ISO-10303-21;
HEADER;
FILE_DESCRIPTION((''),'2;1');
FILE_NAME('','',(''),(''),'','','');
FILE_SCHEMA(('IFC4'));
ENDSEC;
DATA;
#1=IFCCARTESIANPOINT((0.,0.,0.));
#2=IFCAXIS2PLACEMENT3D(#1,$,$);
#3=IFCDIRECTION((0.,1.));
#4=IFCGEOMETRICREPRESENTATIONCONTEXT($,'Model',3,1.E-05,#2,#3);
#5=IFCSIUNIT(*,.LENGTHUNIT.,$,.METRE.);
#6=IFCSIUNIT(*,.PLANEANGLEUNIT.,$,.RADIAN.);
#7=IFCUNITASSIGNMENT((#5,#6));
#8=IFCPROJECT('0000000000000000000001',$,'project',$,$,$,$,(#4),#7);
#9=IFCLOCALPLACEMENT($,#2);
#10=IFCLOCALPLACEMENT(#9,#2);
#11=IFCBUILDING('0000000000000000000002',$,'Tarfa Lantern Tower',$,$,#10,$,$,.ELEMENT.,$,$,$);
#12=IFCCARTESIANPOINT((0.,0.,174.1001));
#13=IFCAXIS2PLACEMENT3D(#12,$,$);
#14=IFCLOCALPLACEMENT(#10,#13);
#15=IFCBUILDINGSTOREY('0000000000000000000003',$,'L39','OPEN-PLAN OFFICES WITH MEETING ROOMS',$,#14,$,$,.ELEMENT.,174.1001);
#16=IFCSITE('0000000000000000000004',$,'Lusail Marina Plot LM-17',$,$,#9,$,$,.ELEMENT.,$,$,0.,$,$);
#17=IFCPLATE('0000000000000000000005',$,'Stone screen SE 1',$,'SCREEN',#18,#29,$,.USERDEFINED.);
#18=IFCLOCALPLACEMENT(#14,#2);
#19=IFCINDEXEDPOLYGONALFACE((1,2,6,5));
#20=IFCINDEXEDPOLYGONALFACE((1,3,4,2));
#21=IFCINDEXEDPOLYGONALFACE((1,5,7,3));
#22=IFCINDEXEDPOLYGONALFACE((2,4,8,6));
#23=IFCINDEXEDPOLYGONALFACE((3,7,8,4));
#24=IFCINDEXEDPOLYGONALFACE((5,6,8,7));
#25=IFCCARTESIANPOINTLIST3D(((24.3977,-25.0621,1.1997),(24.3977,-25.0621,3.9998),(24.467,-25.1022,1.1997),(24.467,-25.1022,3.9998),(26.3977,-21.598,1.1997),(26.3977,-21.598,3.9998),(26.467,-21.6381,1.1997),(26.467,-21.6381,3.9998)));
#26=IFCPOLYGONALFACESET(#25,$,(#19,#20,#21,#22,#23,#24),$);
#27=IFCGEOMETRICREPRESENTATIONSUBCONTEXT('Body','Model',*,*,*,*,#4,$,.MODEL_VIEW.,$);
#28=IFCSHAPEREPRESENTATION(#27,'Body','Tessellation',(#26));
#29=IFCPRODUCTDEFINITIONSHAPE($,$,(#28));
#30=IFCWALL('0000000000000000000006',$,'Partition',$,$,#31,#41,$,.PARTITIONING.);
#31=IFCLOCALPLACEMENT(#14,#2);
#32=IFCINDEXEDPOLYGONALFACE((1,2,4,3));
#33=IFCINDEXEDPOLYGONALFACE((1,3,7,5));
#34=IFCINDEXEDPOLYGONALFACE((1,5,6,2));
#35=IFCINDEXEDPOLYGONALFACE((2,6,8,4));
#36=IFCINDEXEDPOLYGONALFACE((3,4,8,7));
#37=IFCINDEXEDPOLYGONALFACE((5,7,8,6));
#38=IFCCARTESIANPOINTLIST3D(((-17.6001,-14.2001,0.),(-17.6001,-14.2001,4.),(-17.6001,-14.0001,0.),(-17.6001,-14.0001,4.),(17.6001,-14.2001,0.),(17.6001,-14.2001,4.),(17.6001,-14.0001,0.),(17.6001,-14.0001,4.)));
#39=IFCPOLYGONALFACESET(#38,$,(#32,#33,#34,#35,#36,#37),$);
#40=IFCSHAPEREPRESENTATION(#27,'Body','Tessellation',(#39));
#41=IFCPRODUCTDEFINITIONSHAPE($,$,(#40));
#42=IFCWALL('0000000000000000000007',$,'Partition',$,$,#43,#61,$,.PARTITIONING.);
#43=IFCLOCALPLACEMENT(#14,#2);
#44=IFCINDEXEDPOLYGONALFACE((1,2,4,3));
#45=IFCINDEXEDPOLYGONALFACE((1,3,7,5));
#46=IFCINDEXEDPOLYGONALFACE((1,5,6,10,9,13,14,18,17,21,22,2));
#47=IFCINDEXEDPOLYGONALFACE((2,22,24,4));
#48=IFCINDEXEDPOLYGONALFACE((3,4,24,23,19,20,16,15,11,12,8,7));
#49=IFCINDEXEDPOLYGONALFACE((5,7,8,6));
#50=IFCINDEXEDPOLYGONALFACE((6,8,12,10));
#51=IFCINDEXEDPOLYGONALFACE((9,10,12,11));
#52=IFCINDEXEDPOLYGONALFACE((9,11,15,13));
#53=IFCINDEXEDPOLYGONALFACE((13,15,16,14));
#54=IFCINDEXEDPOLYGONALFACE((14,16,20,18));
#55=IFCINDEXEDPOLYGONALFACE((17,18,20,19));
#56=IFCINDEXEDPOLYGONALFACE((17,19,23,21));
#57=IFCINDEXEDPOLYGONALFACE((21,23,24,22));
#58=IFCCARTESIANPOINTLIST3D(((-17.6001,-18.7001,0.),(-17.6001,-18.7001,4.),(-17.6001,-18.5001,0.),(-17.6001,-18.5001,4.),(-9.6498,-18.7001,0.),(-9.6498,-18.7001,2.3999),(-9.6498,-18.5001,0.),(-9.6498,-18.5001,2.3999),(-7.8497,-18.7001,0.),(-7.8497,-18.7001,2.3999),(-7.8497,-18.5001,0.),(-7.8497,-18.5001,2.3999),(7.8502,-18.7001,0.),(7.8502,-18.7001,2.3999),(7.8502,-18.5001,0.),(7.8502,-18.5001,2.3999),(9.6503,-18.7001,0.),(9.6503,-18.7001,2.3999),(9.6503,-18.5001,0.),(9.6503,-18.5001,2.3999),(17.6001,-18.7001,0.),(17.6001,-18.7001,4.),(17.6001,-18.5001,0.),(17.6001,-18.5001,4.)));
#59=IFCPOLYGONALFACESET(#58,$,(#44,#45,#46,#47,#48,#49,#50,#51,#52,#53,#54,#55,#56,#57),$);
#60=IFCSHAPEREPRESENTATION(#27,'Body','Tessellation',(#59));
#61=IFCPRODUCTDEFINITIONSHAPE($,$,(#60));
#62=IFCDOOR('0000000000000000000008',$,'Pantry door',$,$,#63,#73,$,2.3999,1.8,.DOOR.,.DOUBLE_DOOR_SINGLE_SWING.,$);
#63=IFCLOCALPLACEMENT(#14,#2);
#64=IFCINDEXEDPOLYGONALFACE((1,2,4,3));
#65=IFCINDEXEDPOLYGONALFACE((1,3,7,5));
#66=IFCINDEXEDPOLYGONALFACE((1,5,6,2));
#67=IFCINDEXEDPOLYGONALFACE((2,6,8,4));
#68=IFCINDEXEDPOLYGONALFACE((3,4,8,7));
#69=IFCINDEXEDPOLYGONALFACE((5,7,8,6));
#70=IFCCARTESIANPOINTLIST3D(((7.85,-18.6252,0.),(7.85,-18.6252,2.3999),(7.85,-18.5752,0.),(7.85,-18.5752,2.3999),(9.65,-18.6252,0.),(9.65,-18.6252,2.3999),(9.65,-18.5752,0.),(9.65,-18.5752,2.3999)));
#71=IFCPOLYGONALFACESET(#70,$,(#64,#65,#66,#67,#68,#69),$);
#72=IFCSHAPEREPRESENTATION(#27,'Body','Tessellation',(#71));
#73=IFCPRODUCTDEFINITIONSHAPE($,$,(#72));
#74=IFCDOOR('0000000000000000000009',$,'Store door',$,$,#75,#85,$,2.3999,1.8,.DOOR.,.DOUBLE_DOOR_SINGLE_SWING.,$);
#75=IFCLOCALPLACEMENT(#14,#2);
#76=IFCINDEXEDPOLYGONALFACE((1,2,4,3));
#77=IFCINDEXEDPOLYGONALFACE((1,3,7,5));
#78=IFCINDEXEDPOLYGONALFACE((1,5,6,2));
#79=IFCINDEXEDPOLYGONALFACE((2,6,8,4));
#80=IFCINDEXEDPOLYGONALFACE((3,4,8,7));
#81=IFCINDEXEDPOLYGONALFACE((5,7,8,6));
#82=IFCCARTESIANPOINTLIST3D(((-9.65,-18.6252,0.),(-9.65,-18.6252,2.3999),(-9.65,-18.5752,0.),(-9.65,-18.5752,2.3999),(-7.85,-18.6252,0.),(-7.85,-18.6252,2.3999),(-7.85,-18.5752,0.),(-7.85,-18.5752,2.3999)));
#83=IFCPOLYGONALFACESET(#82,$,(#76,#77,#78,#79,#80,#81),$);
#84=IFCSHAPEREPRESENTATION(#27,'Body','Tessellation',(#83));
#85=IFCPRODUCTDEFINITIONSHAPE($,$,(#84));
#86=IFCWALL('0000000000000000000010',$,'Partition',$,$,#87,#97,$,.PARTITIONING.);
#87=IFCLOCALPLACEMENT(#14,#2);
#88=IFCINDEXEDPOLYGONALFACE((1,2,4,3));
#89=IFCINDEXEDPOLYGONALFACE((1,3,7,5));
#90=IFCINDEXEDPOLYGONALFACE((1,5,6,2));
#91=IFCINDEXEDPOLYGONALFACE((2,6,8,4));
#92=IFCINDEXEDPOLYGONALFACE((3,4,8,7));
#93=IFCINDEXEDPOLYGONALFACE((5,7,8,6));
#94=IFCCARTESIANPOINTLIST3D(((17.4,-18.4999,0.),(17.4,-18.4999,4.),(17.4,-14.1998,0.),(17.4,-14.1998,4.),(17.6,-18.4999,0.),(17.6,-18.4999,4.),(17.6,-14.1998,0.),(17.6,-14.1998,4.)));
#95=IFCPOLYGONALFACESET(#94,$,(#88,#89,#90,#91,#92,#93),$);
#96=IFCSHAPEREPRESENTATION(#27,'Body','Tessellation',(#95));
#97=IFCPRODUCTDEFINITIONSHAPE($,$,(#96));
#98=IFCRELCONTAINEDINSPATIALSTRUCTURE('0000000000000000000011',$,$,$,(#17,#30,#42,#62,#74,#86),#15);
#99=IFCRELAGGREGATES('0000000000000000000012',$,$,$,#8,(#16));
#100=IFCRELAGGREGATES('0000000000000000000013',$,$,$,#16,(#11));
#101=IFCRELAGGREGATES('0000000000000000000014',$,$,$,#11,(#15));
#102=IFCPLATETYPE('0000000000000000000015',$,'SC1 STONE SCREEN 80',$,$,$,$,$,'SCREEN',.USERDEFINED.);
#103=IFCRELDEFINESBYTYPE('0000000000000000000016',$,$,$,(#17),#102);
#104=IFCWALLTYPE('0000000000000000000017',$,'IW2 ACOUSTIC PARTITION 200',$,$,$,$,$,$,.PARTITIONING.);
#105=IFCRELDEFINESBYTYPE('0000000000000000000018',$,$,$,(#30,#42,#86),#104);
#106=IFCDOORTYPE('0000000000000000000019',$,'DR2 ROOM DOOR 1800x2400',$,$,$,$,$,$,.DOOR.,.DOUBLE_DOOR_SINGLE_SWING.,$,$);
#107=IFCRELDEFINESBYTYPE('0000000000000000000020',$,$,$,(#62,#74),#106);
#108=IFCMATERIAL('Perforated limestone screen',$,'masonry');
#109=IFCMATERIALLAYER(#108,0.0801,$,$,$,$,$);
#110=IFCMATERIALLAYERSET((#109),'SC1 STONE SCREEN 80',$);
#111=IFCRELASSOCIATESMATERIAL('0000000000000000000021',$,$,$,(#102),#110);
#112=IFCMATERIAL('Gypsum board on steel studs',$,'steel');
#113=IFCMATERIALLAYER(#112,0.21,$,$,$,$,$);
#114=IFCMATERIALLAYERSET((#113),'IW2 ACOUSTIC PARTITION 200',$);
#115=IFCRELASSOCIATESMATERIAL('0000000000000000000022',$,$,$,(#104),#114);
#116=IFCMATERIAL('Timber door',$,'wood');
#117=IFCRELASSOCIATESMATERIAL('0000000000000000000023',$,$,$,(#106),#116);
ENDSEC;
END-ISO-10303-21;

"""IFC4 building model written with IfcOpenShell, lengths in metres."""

from ifc_helpers import new_model, si_unit, direction, frame, frame_2d, origin, origin_2d, place, context, subcontext, project, spatial, rectangle, extrude, material, layer, layer_set, type_object, element, fill, save


model = new_model("IFC4")

# Units and contexts
model_context = context("Model", 3, precision=1e-05, world=origin(), true_north=direction((0.0, 1.0)))
body_context = subcontext(model_context, "Body", "Model", "MODEL_VIEW")
ifc_project = project(units=[si_unit("LENGTHUNIT", "METRE"), si_unit("PLANEANGLEUNIT", "RADIAN")], contexts=[model_context])

# Site, building, storey
site_placement = place(None, origin())
site = spatial("IfcSite", under=ifc_project, at=site_placement, Name="Lusail Marina Plot LM-17", CompositionType="ELEMENT", RefElevation=0.0)
building_placement = place(site_placement, origin())
building = spatial("IfcBuilding", under=site, at=building_placement, Name="Tarfa Lantern Tower", CompositionType="ELEMENT")
storey_placement = place(building_placement, frame((0.0, 0.0, 174.1001)))
storey = spatial("IfcBuildingStorey", under=building, at=storey_placement, Name="L39", Description="OPEN-PLAN OFFICES WITH MEETING ROOMS", CompositionType="ELEMENT", Elevation=174.1001)

# Plate
ifc_material_1 = material(Name="Perforated limestone screen", Category="masonry")
ifc_layer_1 = layer(ifc_material_1, 0.0801)
ifc_layer_set_1 = layer_set([ifc_layer_1], Name="SC1 STONE SCREEN 80")
plate_type = type_object("IfcPlateType", Name="SC1 STONE SCREEN 80", ElementType="SCREEN", PredefinedType="USERDEFINED", material=ifc_layer_set_1)
plate_placement = place(storey_placement, frame((25.4324, -23.3501, 1.1997), z_axis=(0.0, 0.0, 1.0), x_axis=(0.5, 0.866025, 0.0)))
element("IfcPlate", 1, at=plate_placement, inside=storey, type_object=plate_type, Name="Stone screen SE 1", ObjectType="SCREEN", PredefinedType="USERDEFINED", context=body_context, shape_type="SweptSolid", body=[
    extrude(rectangle(XDim=4.0, YDim=0.0801, at=origin_2d()), origin(), (0.0, 0.0, 1.0), 2.8),
])

# Wall
ifc_material_2 = material(Name="Gypsum board on steel studs", Category="steel")
ifc_layer_2 = layer(ifc_material_2, 0.21)
ifc_layer_set_2 = layer_set([ifc_layer_2], Name="IW2 ACOUSTIC PARTITION 200")
wall_type_1 = type_object("IfcWallType", Name="IW2 ACOUSTIC PARTITION 200", PredefinedType="PARTITIONING", material=ifc_layer_set_2)
wall_1_placement = place(storey_placement, frame((17.6001, -14.1001, 0.0), z_axis=(0.0, 0.0, 1.0), x_axis=(-1.0, 0.0, 0.0)))
element("IfcWall", 2, at=wall_1_placement, inside=storey, type_object=wall_type_1, Name="Partition", PredefinedType="PARTITIONING", context=body_context, shape_type="SweptSolid", body=[
    extrude(rectangle(XDim=35.2002, YDim=0.2, at=frame_2d((17.6001, 0.0))), origin(), (0.0, 0.0, 1.0), 4.0),
])

# Wall, openings, doors
wall_2_placement = place(storey_placement, frame((17.6001, -18.6001, 0.0), z_axis=(0.0, 0.0, 1.0), x_axis=(-1.0, 0.0, 0.0)))
wall_2 = element("IfcWall", 3, at=wall_2_placement, inside=storey, type_object=wall_type_1, Name="Partition", PredefinedType="PARTITIONING", context=body_context, shape_type="SweptSolid", body=[
    extrude(rectangle(XDim=35.2002, YDim=0.2, at=frame_2d((17.6001, 0.0))), origin(), (0.0, 0.0, 1.0), 4.0),
])
opening_1_placement = place(wall_2_placement, frame((7.95, 0.0, 0.0)))
opening_1 = element("IfcOpeningElement", 4, at=opening_1_placement, cuts=wall_2, PredefinedType="OPENING", context=body_context, shape_type="SweptSolid", body=[
    extrude(rectangle(XDim=1.8, YDim=2.3999, at=frame_2d((0.8999, 1.2))), frame((0.0, 0.1099, 0.0), z_axis=(0.0, -1.0, 0.0), x_axis=(1.0, 0.0, 0.0)), (0.0, 0.0, 1.0), 0.22),
])
opening_2_placement = place(wall_2_placement, frame((25.45, 0.0, 0.0)))
opening_2 = element("IfcOpeningElement", 5, at=opening_2_placement, cuts=wall_2, PredefinedType="OPENING", context=body_context, shape_type="SweptSolid", body=[
    extrude(rectangle(XDim=1.8, YDim=2.3999, at=frame_2d((0.8999, 1.2))), frame((0.0, 0.1099, 0.0), z_axis=(0.0, -1.0, 0.0), x_axis=(1.0, 0.0, 0.0)), (0.0, 0.0, 1.0), 0.22),
])
ifc_material_3 = material(Name="Timber door", Category="wood")
door_type_1 = type_object("IfcDoorType", Name="DR2 ROOM DOOR 1800x2400", OperationType="DOUBLE_DOOR_SINGLE_SWING", PredefinedType="DOOR", material=ifc_material_3)
door_1_placement = place(opening_1_placement, frame((1.8, 0.0, 0.0), z_axis=(0.0, 0.0, 1.0), x_axis=(-1.0, 0.0, 0.0)))
door_1 = element("IfcDoor", 6, at=door_1_placement, inside=storey, type_object=door_type_1, Name="Pantry door", OperationType="DOUBLE_DOOR_SINGLE_SWING", OverallHeight=2.3999, OverallWidth=1.8, PredefinedType="DOOR", context=body_context, shape_type="SweptSolid", body=[
    extrude(rectangle(XDim=1.8, YDim=2.3999, at=frame_2d((0.8999, 1.2))), frame((0.0, 0.0249, 0.0), z_axis=(0.0, -1.0, 0.0), x_axis=(1.0, 0.0, 0.0)), (0.0, 0.0, 1.0), 0.05),
])
fill(opening_1, door_1)
door_2_placement = place(opening_2_placement, frame((1.8, 0.0, 0.0), z_axis=(0.0, 0.0, 1.0), x_axis=(-1.0, 0.0, 0.0)))
door_2 = element("IfcDoor", 7, at=door_2_placement, inside=storey, type_object=door_type_1, Name="Store door", OperationType="DOUBLE_DOOR_SINGLE_SWING", OverallHeight=2.3999, OverallWidth=1.8, PredefinedType="DOOR", context=body_context, shape_type="SweptSolid", body=[
    extrude(rectangle(XDim=1.8, YDim=2.3999, at=frame_2d((0.8999, 1.2))), frame((0.0, 0.0249, 0.0), z_axis=(0.0, -1.0, 0.0), x_axis=(1.0, 0.0, 0.0)), (0.0, 0.0, 1.0), 0.05),
])
fill(opening_2, door_2)

# Wall
wall_3_placement = place(storey_placement, frame((17.5, -14.2, 0.0), z_axis=(0.0, 0.0, 1.0), x_axis=(0.0, -1.0, 0.0)))
element("IfcWall", 8, at=wall_3_placement, inside=storey, type_object=wall_type_1, Name="Partition", PredefinedType="PARTITIONING", context=body_context, shape_type="SweptSolid", body=[
    extrude(rectangle(XDim=4.3, YDim=0.2, at=frame_2d((2.1499, 0.0))), origin(), (0.0, 0.0, 1.0), 4.0),
])

save(model, "model.ifc")
